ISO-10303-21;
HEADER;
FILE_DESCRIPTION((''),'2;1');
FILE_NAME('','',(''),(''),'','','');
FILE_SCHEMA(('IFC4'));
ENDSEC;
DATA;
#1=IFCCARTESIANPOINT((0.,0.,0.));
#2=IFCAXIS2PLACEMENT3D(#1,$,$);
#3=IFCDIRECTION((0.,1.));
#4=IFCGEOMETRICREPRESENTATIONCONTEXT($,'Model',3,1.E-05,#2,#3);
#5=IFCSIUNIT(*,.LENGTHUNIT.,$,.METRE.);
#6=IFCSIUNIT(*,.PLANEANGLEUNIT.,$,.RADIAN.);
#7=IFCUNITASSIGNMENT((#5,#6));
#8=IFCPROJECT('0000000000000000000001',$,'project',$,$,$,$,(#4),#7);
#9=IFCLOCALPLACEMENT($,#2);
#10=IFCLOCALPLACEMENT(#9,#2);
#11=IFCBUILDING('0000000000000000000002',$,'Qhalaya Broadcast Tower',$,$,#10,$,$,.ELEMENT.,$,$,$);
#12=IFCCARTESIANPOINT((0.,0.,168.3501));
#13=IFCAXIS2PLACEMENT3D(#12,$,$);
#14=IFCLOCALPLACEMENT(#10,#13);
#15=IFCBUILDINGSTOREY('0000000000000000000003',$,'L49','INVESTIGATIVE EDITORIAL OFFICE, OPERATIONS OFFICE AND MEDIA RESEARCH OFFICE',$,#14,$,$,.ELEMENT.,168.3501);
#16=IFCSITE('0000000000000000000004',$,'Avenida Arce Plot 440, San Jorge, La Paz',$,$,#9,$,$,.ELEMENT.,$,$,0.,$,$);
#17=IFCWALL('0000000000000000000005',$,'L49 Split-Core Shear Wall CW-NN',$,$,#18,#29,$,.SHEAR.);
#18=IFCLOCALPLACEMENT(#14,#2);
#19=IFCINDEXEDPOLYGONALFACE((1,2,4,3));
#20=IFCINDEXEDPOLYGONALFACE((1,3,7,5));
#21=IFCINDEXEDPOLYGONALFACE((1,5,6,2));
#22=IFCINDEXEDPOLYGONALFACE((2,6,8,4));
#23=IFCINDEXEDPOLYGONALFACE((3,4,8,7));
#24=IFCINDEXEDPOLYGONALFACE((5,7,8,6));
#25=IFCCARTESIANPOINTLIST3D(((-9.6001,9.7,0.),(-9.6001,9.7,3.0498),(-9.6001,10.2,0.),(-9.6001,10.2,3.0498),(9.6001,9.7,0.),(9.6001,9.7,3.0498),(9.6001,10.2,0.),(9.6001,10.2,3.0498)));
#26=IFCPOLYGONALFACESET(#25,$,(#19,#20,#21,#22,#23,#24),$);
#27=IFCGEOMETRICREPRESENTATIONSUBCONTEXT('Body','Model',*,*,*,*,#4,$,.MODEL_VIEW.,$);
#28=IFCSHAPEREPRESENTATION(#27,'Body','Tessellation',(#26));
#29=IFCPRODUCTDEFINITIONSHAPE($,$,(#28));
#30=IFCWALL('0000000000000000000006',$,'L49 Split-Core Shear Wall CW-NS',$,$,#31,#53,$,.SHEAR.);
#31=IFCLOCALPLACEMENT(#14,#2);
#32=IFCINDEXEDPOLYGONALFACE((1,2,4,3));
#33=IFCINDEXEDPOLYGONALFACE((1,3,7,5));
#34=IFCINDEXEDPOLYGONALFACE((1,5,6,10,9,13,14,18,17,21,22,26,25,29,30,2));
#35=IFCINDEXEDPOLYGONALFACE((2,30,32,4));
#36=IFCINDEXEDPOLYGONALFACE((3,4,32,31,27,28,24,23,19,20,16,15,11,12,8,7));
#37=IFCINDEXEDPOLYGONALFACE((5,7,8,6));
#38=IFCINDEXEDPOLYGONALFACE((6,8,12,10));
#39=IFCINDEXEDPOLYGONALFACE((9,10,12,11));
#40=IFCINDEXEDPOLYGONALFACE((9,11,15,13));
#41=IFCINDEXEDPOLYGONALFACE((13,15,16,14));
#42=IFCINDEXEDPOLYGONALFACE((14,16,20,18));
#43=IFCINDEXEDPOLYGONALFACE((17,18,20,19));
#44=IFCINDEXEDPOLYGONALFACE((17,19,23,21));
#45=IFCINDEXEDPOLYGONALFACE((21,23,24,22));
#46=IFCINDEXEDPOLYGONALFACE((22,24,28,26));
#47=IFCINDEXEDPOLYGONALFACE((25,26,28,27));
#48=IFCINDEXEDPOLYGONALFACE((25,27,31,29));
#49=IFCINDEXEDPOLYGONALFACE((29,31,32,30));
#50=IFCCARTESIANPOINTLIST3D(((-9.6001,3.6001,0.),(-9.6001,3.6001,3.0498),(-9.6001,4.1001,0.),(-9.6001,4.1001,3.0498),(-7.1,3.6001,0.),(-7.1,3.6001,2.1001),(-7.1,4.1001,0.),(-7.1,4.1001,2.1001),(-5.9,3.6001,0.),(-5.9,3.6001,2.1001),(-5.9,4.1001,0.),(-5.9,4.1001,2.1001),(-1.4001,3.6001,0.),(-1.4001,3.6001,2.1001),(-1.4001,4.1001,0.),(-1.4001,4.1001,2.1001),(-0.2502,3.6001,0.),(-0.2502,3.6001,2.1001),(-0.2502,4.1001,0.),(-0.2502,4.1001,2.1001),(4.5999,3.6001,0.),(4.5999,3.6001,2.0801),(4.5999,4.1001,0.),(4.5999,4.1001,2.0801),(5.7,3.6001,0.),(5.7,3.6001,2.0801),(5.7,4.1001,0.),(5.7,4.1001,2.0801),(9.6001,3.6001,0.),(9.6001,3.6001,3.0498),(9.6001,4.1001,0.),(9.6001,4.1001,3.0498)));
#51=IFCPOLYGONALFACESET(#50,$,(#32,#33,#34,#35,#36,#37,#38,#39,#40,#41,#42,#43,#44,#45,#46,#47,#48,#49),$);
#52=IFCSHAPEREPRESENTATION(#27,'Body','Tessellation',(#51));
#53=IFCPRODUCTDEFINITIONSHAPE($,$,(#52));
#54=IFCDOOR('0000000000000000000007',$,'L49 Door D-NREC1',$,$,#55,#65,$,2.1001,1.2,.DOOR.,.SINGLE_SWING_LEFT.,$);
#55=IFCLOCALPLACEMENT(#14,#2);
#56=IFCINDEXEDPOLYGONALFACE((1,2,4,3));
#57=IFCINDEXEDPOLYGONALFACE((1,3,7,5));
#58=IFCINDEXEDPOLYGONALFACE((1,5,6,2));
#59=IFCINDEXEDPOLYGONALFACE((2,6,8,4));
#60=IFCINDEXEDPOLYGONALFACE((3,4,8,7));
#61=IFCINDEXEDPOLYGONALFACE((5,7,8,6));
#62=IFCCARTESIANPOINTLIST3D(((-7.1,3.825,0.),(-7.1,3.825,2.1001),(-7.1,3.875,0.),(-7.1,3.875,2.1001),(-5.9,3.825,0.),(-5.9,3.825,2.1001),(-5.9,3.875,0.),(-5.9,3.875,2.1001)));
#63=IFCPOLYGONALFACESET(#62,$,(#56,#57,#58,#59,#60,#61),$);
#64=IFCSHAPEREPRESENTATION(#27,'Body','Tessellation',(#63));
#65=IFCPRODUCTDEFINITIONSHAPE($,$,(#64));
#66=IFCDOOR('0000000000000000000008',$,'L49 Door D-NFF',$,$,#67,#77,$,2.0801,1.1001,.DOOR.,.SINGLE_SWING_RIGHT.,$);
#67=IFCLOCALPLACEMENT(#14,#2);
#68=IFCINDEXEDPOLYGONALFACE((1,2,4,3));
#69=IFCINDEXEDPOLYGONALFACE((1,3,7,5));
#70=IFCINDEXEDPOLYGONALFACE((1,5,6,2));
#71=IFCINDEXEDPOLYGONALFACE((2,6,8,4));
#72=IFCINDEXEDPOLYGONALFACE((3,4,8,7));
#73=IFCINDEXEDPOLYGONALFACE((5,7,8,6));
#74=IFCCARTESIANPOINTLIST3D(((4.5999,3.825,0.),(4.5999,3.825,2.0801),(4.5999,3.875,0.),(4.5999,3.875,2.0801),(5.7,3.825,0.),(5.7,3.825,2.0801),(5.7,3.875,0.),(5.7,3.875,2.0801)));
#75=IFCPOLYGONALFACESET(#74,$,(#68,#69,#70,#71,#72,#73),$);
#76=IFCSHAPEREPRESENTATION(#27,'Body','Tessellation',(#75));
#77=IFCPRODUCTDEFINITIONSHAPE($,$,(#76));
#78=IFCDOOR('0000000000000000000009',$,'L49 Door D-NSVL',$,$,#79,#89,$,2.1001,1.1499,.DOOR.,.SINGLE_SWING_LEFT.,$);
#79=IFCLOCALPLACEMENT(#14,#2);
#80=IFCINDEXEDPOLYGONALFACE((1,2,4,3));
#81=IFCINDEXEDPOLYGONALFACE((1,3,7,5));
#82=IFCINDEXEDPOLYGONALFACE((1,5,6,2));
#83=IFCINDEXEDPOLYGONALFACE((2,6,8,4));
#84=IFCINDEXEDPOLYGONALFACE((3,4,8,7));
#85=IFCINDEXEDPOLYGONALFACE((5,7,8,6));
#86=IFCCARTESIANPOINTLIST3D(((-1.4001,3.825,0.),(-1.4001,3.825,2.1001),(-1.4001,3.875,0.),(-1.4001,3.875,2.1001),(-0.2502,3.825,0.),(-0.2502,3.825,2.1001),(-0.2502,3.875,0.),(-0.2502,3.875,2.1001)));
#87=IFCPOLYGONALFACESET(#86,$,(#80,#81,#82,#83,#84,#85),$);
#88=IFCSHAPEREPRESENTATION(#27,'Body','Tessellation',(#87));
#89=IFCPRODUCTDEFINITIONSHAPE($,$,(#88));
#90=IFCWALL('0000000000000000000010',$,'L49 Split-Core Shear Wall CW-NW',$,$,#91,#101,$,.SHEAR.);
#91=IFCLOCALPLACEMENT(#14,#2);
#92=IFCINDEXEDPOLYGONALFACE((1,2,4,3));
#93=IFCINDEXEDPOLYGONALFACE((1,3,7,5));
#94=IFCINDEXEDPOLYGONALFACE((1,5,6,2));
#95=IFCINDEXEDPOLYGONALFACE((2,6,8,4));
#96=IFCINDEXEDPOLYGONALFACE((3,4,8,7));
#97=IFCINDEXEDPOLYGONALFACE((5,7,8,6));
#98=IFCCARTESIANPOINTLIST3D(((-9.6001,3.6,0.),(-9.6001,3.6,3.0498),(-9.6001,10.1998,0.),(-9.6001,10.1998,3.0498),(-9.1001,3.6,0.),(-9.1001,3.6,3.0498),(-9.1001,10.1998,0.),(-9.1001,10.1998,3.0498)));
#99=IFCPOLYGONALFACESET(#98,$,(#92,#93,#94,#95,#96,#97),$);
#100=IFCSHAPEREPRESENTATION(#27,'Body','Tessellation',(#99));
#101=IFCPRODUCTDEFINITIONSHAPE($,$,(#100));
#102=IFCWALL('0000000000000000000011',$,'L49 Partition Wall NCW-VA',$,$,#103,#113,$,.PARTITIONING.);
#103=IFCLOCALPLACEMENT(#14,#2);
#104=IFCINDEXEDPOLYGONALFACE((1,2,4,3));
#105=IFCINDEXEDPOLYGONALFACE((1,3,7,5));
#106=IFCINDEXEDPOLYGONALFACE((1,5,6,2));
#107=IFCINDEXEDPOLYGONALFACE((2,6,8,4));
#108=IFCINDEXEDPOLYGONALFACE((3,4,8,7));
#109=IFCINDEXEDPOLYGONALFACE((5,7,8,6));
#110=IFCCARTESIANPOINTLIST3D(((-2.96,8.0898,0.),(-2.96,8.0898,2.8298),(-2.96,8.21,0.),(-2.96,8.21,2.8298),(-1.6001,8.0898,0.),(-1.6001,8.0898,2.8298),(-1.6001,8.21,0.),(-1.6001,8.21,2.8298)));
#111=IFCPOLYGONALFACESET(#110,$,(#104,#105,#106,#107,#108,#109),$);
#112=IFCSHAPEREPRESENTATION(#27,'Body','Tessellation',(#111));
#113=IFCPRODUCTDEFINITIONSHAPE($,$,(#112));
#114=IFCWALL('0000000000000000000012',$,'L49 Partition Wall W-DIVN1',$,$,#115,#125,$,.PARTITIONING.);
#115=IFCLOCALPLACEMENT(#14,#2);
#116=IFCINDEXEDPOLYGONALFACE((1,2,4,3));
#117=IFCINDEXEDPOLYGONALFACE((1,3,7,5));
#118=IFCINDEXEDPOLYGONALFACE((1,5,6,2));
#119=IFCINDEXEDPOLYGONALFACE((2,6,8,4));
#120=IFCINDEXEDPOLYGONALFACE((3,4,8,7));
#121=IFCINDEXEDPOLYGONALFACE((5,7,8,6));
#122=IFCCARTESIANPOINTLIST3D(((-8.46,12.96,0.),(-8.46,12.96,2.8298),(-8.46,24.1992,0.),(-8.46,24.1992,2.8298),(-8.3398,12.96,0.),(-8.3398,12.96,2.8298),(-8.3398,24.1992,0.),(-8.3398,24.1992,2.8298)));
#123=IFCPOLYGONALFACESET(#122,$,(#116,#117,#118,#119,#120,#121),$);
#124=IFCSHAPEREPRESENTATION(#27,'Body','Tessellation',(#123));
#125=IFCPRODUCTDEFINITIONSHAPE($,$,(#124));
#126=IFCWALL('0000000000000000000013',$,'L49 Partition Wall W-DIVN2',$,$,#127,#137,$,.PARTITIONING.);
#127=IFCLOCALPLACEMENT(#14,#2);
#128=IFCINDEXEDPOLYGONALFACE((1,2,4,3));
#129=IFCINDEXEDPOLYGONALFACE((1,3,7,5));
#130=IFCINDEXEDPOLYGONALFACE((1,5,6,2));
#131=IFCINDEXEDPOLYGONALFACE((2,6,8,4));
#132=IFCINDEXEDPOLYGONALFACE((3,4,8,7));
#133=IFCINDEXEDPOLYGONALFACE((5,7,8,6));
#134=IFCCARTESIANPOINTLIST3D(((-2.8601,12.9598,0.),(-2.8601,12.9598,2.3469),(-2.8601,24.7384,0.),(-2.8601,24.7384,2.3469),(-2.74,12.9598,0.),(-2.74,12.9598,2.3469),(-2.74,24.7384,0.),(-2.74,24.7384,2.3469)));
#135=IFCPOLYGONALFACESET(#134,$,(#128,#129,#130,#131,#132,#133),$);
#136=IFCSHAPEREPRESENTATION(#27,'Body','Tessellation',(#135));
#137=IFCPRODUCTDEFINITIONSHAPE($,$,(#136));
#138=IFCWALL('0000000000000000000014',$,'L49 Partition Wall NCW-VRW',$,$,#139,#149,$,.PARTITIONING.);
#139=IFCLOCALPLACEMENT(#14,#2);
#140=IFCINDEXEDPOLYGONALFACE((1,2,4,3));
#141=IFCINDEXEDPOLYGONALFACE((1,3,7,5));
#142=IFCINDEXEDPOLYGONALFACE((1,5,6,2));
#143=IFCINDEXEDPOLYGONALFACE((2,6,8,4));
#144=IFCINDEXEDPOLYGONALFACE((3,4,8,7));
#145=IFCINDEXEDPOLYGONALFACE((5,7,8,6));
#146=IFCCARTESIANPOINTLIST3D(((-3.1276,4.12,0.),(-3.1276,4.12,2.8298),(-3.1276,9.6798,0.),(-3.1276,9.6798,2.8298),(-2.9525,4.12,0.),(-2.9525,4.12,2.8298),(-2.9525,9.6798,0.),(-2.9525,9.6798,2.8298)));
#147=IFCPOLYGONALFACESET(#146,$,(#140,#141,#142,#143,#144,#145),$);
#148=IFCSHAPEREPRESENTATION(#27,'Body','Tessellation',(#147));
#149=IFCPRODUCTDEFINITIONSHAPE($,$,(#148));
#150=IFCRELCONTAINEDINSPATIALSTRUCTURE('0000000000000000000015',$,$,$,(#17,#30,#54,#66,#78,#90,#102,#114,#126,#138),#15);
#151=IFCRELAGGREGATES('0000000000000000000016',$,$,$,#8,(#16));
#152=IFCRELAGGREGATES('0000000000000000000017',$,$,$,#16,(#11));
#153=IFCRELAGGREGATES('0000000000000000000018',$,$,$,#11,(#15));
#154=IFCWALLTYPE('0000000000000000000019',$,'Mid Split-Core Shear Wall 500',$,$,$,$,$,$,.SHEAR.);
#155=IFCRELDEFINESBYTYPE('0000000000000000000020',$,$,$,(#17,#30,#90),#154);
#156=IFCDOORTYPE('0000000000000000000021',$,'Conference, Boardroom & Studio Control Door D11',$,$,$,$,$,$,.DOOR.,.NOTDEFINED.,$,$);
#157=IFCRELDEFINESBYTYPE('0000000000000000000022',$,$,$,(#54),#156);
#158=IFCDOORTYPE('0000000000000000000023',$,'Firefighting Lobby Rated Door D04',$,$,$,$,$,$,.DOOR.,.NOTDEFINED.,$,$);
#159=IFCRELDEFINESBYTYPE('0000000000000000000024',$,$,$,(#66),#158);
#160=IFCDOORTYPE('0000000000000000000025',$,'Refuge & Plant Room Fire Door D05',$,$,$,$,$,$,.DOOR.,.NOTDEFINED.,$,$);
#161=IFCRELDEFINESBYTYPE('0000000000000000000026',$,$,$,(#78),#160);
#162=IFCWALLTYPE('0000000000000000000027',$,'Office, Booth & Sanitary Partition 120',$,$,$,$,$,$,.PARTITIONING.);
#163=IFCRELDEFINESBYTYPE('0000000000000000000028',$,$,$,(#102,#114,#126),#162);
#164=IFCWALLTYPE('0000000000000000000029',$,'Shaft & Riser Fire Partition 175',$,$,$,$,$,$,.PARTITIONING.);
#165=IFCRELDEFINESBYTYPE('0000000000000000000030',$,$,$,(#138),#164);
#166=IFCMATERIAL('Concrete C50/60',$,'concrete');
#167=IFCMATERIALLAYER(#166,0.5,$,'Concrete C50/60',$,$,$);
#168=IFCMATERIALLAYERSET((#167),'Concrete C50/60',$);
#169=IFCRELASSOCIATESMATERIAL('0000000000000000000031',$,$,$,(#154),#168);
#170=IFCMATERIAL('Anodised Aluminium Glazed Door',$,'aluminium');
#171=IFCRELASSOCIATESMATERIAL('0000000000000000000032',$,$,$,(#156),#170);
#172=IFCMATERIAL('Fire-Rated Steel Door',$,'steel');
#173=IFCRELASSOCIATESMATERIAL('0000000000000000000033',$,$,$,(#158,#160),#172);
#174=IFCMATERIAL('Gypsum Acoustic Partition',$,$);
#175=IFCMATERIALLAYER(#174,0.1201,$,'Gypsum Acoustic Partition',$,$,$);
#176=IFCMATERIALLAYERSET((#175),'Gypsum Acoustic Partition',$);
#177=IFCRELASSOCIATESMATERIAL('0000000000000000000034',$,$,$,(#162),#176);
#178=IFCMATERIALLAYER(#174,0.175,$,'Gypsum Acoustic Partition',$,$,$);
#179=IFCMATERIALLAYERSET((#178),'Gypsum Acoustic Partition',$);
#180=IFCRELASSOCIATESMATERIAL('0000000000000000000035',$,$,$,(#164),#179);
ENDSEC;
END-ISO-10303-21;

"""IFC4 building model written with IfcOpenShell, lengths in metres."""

from ifc_helpers import new_model, si_unit, direction, frame, frame_2d, origin, place, context, subcontext, project, spatial, rectangle, extrude, material, layer, layer_set, type_object, element, fill, save


model = new_model("IFC4")

# Units and contexts
model_context = context("Model", 3, precision=1e-05, world=origin(), true_north=direction((0.0, 1.0)))
body_context = subcontext(model_context, "Body", "Model", "MODEL_VIEW")
ifc_project = project(units=[si_unit("LENGTHUNIT", "METRE"), si_unit("PLANEANGLEUNIT", "RADIAN")], contexts=[model_context])

# Site, building, storey
site_placement = place(None, origin())
site = spatial("IfcSite", under=ifc_project, at=site_placement, Name="Avenida Arce Plot 440, San Jorge, La Paz", CompositionType="ELEMENT", RefElevation=0.0)
building_placement = place(site_placement, origin())
building = spatial("IfcBuilding", under=site, at=building_placement, Name="Qhalaya Broadcast Tower", CompositionType="ELEMENT")
storey_placement = place(building_placement, frame((0.0, 0.0, 168.3501)))
storey = spatial("IfcBuildingStorey", under=building, at=storey_placement, Name="L49", Description="INVESTIGATIVE EDITORIAL OFFICE, OPERATIONS OFFICE AND MEDIA RESEARCH OFFICE", CompositionType="ELEMENT", Elevation=168.3501)

# Shared definitions
ifc_material_1 = material(Name="Concrete C50/60", Category="concrete")

# Shared definitions
ifc_material_2 = material(Name="Gypsum Acoustic Partition")

# Wall
ifc_layer_1 = layer(ifc_material_1, 0.5, Name="Concrete C50/60")
ifc_layer_set_1 = layer_set([ifc_layer_1], Name="Concrete C50/60")
wall_type_1 = type_object("IfcWallType", Name="Mid Split-Core Shear Wall 500", PredefinedType="SHEAR", material=ifc_layer_set_1)
wall_1_placement = place(storey_placement, frame((-9.6001, 9.95, 0.0), z_axis=(0.0, 0.0, 1.0), x_axis=(1.0, 0.0, 0.0)))
element("IfcWall", 1, at=wall_1_placement, inside=storey, type_object=wall_type_1, Name="L49 Split-Core Shear Wall CW-NN", PredefinedType="SHEAR", context=body_context, shape_type="SweptSolid", body=[
    extrude(rectangle(XDim=19.2002, YDim=0.5, at=frame_2d((9.6001, 0.0))), origin(), (0.0, 0.0, 1.0), 3.0498),
])

# Wall, openings, doors
wall_2_placement = place(storey_placement, frame((-9.6001, 3.8501, 0.0), z_axis=(0.0, 0.0, 1.0), x_axis=(1.0, 0.0, 0.0)))
wall_2 = element("IfcWall", 2, at=wall_2_placement, inside=storey, type_object=wall_type_1, Name="L49 Split-Core Shear Wall CW-NS", PredefinedType="SHEAR", context=body_context, shape_type="SweptSolid", body=[
    extrude(rectangle(XDim=19.2002, YDim=0.5, at=frame_2d((9.6001, 0.0))), origin(), (0.0, 0.0, 1.0), 3.0498),
])
opening_1_placement = place(wall_2_placement, frame((14.2, 0.0, 0.0)))
opening_1 = element("IfcOpeningElement", 3, at=opening_1_placement, cuts=wall_2, PredefinedType="OPENING", context=body_context, shape_type="SweptSolid", body=[
    extrude(rectangle(XDim=1.1001, YDim=2.0801, at=frame_2d((0.55, 1.04))), frame((0.0, 0.262, 0.0), z_axis=(0.0, -1.0, 0.0), x_axis=(1.0, 0.0, 0.0)), (0.0, 0.0, 1.0), 0.5239),
])
opening_2_placement = place(wall_2_placement, frame((8.2, 0.0, 0.0)))
opening_2 = element("IfcOpeningElement", 4, at=opening_2_placement, cuts=wall_2, PredefinedType="OPENING", context=body_context, shape_type="SweptSolid", body=[
    extrude(rectangle(XDim=1.1499, YDim=2.1001, at=frame_2d((0.575, 1.05))), frame((0.0, 0.262, 0.0), z_axis=(0.0, -1.0, 0.0), x_axis=(1.0, 0.0, 0.0)), (0.0, 0.0, 1.0), 0.5239),
])
opening_3_placement = place(wall_2_placement, frame((2.5, 0.0, 0.0)))
opening_3 = element("IfcOpeningElement", 5, at=opening_3_placement, cuts=wall_2, PredefinedType="OPENING", context=body_context, shape_type="SweptSolid", body=[
    extrude(rectangle(XDim=1.2, YDim=2.1001, at=frame_2d((0.6001, 1.05))), frame((0.0, 0.262, 0.0), z_axis=(0.0, -1.0, 0.0), x_axis=(1.0, 0.0, 0.0)), (0.0, 0.0, 1.0), 0.5239),
])
ifc_material_3 = material(Name="Anodised Aluminium Glazed Door", Category="aluminium")
door_type_1 = type_object("IfcDoorType", Name="Conference, Boardroom & Studio Control Door D11", OperationType="NOTDEFINED", PredefinedType="DOOR", material=ifc_material_3)
door_1_placement = place(opening_3_placement, origin())
door_1 = element("IfcDoor", 6, at=door_1_placement, inside=storey, type_object=door_type_1, Name="L49 Door D-NREC1", OperationType="SINGLE_SWING_LEFT", OverallHeight=2.1001, OverallWidth=1.2, PredefinedType="DOOR", context=body_context, shape_type="SweptSolid", body=[
    extrude(rectangle(XDim=1.2, YDim=2.1001, at=frame_2d((0.6001, 1.05))), frame((0.0, 0.0249, 0.0), z_axis=(0.0, -1.0, 0.0), x_axis=(1.0, 0.0, 0.0)), (0.0, 0.0, 1.0), 0.05),
])
fill(opening_3, door_1)
ifc_material_4 = material(Name="Fire-Rated Steel Door", Category="steel")
door_type_2 = type_object("IfcDoorType", Name="Firefighting Lobby Rated Door D04", OperationType="NOTDEFINED", PredefinedType="DOOR", material=ifc_material_4)
door_2_placement = place(opening_1_placement, origin())
door_2 = element("IfcDoor", 7, at=door_2_placement, inside=storey, type_object=door_type_2, Name="L49 Door D-NFF", OperationType="SINGLE_SWING_RIGHT", OverallHeight=2.0801, OverallWidth=1.1001, PredefinedType="DOOR", context=body_context, shape_type="SweptSolid", body=[
    extrude(rectangle(XDim=1.1001, YDim=2.0801, at=frame_2d((0.55, 1.04))), frame((0.0, 0.0249, 0.0), z_axis=(0.0, -1.0, 0.0), x_axis=(1.0, 0.0, 0.0)), (0.0, 0.0, 1.0), 0.05),
])
fill(opening_1, door_2)
door_type_3 = type_object("IfcDoorType", Name="Refuge & Plant Room Fire Door D05", OperationType="NOTDEFINED", PredefinedType="DOOR", material=ifc_material_4)
door_3_placement = place(opening_2_placement, origin())
door_3 = element("IfcDoor", 8, at=door_3_placement, inside=storey, type_object=door_type_3, Name="L49 Door D-NSVL", OperationType="SINGLE_SWING_LEFT", OverallHeight=2.1001, OverallWidth=1.1499, PredefinedType="DOOR", context=body_context, shape_type="SweptSolid", body=[
    extrude(rectangle(XDim=1.1499, YDim=2.1001, at=frame_2d((0.575, 1.05))), frame((0.0, 0.0249, 0.0), z_axis=(0.0, -1.0, 0.0), x_axis=(1.0, 0.0, 0.0)), (0.0, 0.0, 1.0), 0.05),
])
fill(opening_2, door_3)

# Walls
wall_3_placement = place(storey_placement, frame((-9.3501, 3.6001, 0.0), z_axis=(0.0, 0.0, 1.0), x_axis=(0.0, 1.0, 0.0)))
element("IfcWall", 9, at=wall_3_placement, inside=storey, type_object=wall_type_1, Name="L49 Split-Core Shear Wall CW-NW", PredefinedType="SHEAR", context=body_context, shape_type="SweptSolid", body=[
    extrude(rectangle(XDim=6.5999, YDim=0.5, at=frame_2d((3.2998, 0.0))), origin(), (0.0, 0.0, 1.0), 3.0498),
])
ifc_layer_2 = layer(ifc_material_2, 0.1201, Name="Gypsum Acoustic Partition")
ifc_layer_set_2 = layer_set([ifc_layer_2], Name="Gypsum Acoustic Partition")
wall_type_2 = type_object("IfcWallType", Name="Office, Booth & Sanitary Partition 120", PredefinedType="PARTITIONING", material=ifc_layer_set_2)
wall_4_placement = place(storey_placement, frame((-2.96, 8.1499, 0.0), z_axis=(0.0, 0.0, 1.0), x_axis=(1.0, 0.0, 0.0)))
element("IfcWall", 10, at=wall_4_placement, inside=storey, type_object=wall_type_2, Name="L49 Partition Wall NCW-VA", PredefinedType="PARTITIONING", context=body_context, shape_type="SweptSolid", body=[
    extrude(rectangle(XDim=1.3599, YDim=0.1201, at=frame_2d((0.6799, 0.0))), origin(), (0.0, 0.0, 1.0), 2.8298),
])
wall_5_placement = place(storey_placement, frame((-8.3999, 12.96, 0.0), z_axis=(0.0, 0.0, 1.0), x_axis=(0.0, 1.0, 0.0)))
element("IfcWall", 11, at=wall_5_placement, inside=storey, type_object=wall_type_2, Name="L49 Partition Wall W-DIVN1", PredefinedType="PARTITIONING", context=body_context, shape_type="SweptSolid", body=[
    extrude(rectangle(XDim=11.2393, YDim=0.1201, at=frame_2d((5.6196, 0.0))), origin(), (0.0, 0.0, 1.0), 2.8298),
])
wall_6_placement = place(storey_placement, frame((-2.8, 12.96, 0.0), z_axis=(0.0, 0.0, 1.0), x_axis=(0.0, 1.0, 0.0)))
element("IfcWall", 12, at=wall_6_placement, inside=storey, type_object=wall_type_2, Name="L49 Partition Wall W-DIVN2", PredefinedType="PARTITIONING", context=body_context, shape_type="SweptSolid", body=[
    extrude(rectangle(XDim=11.7786, YDim=0.1201, at=frame_2d((5.8892, 0.0))), origin(), (0.0, 0.0, 1.0), 2.3469),
])
ifc_layer_3 = layer(ifc_material_2, 0.175, Name="Gypsum Acoustic Partition")
ifc_layer_set_3 = layer_set([ifc_layer_3], Name="Gypsum Acoustic Partition")
wall_type_3 = type_object("IfcWallType", Name="Shaft & Riser Fire Partition 175", PredefinedType="PARTITIONING", material=ifc_layer_set_3)
wall_7_placement = place(storey_placement, frame((-3.04, 4.1201, 0.0), z_axis=(0.0, 0.0, 1.0), x_axis=(0.0, 1.0, 0.0)))
element("IfcWall", 13, at=wall_7_placement, inside=storey, type_object=wall_type_3, Name="L49 Partition Wall NCW-VRW", PredefinedType="PARTITIONING", context=body_context, shape_type="SweptSolid", body=[
    extrude(rectangle(XDim=5.5598, YDim=0.175, at=frame_2d((2.7798, 0.0))), origin(), (0.0, 0.0, 1.0), 2.8298),
])

save(model, "model.ifc")
